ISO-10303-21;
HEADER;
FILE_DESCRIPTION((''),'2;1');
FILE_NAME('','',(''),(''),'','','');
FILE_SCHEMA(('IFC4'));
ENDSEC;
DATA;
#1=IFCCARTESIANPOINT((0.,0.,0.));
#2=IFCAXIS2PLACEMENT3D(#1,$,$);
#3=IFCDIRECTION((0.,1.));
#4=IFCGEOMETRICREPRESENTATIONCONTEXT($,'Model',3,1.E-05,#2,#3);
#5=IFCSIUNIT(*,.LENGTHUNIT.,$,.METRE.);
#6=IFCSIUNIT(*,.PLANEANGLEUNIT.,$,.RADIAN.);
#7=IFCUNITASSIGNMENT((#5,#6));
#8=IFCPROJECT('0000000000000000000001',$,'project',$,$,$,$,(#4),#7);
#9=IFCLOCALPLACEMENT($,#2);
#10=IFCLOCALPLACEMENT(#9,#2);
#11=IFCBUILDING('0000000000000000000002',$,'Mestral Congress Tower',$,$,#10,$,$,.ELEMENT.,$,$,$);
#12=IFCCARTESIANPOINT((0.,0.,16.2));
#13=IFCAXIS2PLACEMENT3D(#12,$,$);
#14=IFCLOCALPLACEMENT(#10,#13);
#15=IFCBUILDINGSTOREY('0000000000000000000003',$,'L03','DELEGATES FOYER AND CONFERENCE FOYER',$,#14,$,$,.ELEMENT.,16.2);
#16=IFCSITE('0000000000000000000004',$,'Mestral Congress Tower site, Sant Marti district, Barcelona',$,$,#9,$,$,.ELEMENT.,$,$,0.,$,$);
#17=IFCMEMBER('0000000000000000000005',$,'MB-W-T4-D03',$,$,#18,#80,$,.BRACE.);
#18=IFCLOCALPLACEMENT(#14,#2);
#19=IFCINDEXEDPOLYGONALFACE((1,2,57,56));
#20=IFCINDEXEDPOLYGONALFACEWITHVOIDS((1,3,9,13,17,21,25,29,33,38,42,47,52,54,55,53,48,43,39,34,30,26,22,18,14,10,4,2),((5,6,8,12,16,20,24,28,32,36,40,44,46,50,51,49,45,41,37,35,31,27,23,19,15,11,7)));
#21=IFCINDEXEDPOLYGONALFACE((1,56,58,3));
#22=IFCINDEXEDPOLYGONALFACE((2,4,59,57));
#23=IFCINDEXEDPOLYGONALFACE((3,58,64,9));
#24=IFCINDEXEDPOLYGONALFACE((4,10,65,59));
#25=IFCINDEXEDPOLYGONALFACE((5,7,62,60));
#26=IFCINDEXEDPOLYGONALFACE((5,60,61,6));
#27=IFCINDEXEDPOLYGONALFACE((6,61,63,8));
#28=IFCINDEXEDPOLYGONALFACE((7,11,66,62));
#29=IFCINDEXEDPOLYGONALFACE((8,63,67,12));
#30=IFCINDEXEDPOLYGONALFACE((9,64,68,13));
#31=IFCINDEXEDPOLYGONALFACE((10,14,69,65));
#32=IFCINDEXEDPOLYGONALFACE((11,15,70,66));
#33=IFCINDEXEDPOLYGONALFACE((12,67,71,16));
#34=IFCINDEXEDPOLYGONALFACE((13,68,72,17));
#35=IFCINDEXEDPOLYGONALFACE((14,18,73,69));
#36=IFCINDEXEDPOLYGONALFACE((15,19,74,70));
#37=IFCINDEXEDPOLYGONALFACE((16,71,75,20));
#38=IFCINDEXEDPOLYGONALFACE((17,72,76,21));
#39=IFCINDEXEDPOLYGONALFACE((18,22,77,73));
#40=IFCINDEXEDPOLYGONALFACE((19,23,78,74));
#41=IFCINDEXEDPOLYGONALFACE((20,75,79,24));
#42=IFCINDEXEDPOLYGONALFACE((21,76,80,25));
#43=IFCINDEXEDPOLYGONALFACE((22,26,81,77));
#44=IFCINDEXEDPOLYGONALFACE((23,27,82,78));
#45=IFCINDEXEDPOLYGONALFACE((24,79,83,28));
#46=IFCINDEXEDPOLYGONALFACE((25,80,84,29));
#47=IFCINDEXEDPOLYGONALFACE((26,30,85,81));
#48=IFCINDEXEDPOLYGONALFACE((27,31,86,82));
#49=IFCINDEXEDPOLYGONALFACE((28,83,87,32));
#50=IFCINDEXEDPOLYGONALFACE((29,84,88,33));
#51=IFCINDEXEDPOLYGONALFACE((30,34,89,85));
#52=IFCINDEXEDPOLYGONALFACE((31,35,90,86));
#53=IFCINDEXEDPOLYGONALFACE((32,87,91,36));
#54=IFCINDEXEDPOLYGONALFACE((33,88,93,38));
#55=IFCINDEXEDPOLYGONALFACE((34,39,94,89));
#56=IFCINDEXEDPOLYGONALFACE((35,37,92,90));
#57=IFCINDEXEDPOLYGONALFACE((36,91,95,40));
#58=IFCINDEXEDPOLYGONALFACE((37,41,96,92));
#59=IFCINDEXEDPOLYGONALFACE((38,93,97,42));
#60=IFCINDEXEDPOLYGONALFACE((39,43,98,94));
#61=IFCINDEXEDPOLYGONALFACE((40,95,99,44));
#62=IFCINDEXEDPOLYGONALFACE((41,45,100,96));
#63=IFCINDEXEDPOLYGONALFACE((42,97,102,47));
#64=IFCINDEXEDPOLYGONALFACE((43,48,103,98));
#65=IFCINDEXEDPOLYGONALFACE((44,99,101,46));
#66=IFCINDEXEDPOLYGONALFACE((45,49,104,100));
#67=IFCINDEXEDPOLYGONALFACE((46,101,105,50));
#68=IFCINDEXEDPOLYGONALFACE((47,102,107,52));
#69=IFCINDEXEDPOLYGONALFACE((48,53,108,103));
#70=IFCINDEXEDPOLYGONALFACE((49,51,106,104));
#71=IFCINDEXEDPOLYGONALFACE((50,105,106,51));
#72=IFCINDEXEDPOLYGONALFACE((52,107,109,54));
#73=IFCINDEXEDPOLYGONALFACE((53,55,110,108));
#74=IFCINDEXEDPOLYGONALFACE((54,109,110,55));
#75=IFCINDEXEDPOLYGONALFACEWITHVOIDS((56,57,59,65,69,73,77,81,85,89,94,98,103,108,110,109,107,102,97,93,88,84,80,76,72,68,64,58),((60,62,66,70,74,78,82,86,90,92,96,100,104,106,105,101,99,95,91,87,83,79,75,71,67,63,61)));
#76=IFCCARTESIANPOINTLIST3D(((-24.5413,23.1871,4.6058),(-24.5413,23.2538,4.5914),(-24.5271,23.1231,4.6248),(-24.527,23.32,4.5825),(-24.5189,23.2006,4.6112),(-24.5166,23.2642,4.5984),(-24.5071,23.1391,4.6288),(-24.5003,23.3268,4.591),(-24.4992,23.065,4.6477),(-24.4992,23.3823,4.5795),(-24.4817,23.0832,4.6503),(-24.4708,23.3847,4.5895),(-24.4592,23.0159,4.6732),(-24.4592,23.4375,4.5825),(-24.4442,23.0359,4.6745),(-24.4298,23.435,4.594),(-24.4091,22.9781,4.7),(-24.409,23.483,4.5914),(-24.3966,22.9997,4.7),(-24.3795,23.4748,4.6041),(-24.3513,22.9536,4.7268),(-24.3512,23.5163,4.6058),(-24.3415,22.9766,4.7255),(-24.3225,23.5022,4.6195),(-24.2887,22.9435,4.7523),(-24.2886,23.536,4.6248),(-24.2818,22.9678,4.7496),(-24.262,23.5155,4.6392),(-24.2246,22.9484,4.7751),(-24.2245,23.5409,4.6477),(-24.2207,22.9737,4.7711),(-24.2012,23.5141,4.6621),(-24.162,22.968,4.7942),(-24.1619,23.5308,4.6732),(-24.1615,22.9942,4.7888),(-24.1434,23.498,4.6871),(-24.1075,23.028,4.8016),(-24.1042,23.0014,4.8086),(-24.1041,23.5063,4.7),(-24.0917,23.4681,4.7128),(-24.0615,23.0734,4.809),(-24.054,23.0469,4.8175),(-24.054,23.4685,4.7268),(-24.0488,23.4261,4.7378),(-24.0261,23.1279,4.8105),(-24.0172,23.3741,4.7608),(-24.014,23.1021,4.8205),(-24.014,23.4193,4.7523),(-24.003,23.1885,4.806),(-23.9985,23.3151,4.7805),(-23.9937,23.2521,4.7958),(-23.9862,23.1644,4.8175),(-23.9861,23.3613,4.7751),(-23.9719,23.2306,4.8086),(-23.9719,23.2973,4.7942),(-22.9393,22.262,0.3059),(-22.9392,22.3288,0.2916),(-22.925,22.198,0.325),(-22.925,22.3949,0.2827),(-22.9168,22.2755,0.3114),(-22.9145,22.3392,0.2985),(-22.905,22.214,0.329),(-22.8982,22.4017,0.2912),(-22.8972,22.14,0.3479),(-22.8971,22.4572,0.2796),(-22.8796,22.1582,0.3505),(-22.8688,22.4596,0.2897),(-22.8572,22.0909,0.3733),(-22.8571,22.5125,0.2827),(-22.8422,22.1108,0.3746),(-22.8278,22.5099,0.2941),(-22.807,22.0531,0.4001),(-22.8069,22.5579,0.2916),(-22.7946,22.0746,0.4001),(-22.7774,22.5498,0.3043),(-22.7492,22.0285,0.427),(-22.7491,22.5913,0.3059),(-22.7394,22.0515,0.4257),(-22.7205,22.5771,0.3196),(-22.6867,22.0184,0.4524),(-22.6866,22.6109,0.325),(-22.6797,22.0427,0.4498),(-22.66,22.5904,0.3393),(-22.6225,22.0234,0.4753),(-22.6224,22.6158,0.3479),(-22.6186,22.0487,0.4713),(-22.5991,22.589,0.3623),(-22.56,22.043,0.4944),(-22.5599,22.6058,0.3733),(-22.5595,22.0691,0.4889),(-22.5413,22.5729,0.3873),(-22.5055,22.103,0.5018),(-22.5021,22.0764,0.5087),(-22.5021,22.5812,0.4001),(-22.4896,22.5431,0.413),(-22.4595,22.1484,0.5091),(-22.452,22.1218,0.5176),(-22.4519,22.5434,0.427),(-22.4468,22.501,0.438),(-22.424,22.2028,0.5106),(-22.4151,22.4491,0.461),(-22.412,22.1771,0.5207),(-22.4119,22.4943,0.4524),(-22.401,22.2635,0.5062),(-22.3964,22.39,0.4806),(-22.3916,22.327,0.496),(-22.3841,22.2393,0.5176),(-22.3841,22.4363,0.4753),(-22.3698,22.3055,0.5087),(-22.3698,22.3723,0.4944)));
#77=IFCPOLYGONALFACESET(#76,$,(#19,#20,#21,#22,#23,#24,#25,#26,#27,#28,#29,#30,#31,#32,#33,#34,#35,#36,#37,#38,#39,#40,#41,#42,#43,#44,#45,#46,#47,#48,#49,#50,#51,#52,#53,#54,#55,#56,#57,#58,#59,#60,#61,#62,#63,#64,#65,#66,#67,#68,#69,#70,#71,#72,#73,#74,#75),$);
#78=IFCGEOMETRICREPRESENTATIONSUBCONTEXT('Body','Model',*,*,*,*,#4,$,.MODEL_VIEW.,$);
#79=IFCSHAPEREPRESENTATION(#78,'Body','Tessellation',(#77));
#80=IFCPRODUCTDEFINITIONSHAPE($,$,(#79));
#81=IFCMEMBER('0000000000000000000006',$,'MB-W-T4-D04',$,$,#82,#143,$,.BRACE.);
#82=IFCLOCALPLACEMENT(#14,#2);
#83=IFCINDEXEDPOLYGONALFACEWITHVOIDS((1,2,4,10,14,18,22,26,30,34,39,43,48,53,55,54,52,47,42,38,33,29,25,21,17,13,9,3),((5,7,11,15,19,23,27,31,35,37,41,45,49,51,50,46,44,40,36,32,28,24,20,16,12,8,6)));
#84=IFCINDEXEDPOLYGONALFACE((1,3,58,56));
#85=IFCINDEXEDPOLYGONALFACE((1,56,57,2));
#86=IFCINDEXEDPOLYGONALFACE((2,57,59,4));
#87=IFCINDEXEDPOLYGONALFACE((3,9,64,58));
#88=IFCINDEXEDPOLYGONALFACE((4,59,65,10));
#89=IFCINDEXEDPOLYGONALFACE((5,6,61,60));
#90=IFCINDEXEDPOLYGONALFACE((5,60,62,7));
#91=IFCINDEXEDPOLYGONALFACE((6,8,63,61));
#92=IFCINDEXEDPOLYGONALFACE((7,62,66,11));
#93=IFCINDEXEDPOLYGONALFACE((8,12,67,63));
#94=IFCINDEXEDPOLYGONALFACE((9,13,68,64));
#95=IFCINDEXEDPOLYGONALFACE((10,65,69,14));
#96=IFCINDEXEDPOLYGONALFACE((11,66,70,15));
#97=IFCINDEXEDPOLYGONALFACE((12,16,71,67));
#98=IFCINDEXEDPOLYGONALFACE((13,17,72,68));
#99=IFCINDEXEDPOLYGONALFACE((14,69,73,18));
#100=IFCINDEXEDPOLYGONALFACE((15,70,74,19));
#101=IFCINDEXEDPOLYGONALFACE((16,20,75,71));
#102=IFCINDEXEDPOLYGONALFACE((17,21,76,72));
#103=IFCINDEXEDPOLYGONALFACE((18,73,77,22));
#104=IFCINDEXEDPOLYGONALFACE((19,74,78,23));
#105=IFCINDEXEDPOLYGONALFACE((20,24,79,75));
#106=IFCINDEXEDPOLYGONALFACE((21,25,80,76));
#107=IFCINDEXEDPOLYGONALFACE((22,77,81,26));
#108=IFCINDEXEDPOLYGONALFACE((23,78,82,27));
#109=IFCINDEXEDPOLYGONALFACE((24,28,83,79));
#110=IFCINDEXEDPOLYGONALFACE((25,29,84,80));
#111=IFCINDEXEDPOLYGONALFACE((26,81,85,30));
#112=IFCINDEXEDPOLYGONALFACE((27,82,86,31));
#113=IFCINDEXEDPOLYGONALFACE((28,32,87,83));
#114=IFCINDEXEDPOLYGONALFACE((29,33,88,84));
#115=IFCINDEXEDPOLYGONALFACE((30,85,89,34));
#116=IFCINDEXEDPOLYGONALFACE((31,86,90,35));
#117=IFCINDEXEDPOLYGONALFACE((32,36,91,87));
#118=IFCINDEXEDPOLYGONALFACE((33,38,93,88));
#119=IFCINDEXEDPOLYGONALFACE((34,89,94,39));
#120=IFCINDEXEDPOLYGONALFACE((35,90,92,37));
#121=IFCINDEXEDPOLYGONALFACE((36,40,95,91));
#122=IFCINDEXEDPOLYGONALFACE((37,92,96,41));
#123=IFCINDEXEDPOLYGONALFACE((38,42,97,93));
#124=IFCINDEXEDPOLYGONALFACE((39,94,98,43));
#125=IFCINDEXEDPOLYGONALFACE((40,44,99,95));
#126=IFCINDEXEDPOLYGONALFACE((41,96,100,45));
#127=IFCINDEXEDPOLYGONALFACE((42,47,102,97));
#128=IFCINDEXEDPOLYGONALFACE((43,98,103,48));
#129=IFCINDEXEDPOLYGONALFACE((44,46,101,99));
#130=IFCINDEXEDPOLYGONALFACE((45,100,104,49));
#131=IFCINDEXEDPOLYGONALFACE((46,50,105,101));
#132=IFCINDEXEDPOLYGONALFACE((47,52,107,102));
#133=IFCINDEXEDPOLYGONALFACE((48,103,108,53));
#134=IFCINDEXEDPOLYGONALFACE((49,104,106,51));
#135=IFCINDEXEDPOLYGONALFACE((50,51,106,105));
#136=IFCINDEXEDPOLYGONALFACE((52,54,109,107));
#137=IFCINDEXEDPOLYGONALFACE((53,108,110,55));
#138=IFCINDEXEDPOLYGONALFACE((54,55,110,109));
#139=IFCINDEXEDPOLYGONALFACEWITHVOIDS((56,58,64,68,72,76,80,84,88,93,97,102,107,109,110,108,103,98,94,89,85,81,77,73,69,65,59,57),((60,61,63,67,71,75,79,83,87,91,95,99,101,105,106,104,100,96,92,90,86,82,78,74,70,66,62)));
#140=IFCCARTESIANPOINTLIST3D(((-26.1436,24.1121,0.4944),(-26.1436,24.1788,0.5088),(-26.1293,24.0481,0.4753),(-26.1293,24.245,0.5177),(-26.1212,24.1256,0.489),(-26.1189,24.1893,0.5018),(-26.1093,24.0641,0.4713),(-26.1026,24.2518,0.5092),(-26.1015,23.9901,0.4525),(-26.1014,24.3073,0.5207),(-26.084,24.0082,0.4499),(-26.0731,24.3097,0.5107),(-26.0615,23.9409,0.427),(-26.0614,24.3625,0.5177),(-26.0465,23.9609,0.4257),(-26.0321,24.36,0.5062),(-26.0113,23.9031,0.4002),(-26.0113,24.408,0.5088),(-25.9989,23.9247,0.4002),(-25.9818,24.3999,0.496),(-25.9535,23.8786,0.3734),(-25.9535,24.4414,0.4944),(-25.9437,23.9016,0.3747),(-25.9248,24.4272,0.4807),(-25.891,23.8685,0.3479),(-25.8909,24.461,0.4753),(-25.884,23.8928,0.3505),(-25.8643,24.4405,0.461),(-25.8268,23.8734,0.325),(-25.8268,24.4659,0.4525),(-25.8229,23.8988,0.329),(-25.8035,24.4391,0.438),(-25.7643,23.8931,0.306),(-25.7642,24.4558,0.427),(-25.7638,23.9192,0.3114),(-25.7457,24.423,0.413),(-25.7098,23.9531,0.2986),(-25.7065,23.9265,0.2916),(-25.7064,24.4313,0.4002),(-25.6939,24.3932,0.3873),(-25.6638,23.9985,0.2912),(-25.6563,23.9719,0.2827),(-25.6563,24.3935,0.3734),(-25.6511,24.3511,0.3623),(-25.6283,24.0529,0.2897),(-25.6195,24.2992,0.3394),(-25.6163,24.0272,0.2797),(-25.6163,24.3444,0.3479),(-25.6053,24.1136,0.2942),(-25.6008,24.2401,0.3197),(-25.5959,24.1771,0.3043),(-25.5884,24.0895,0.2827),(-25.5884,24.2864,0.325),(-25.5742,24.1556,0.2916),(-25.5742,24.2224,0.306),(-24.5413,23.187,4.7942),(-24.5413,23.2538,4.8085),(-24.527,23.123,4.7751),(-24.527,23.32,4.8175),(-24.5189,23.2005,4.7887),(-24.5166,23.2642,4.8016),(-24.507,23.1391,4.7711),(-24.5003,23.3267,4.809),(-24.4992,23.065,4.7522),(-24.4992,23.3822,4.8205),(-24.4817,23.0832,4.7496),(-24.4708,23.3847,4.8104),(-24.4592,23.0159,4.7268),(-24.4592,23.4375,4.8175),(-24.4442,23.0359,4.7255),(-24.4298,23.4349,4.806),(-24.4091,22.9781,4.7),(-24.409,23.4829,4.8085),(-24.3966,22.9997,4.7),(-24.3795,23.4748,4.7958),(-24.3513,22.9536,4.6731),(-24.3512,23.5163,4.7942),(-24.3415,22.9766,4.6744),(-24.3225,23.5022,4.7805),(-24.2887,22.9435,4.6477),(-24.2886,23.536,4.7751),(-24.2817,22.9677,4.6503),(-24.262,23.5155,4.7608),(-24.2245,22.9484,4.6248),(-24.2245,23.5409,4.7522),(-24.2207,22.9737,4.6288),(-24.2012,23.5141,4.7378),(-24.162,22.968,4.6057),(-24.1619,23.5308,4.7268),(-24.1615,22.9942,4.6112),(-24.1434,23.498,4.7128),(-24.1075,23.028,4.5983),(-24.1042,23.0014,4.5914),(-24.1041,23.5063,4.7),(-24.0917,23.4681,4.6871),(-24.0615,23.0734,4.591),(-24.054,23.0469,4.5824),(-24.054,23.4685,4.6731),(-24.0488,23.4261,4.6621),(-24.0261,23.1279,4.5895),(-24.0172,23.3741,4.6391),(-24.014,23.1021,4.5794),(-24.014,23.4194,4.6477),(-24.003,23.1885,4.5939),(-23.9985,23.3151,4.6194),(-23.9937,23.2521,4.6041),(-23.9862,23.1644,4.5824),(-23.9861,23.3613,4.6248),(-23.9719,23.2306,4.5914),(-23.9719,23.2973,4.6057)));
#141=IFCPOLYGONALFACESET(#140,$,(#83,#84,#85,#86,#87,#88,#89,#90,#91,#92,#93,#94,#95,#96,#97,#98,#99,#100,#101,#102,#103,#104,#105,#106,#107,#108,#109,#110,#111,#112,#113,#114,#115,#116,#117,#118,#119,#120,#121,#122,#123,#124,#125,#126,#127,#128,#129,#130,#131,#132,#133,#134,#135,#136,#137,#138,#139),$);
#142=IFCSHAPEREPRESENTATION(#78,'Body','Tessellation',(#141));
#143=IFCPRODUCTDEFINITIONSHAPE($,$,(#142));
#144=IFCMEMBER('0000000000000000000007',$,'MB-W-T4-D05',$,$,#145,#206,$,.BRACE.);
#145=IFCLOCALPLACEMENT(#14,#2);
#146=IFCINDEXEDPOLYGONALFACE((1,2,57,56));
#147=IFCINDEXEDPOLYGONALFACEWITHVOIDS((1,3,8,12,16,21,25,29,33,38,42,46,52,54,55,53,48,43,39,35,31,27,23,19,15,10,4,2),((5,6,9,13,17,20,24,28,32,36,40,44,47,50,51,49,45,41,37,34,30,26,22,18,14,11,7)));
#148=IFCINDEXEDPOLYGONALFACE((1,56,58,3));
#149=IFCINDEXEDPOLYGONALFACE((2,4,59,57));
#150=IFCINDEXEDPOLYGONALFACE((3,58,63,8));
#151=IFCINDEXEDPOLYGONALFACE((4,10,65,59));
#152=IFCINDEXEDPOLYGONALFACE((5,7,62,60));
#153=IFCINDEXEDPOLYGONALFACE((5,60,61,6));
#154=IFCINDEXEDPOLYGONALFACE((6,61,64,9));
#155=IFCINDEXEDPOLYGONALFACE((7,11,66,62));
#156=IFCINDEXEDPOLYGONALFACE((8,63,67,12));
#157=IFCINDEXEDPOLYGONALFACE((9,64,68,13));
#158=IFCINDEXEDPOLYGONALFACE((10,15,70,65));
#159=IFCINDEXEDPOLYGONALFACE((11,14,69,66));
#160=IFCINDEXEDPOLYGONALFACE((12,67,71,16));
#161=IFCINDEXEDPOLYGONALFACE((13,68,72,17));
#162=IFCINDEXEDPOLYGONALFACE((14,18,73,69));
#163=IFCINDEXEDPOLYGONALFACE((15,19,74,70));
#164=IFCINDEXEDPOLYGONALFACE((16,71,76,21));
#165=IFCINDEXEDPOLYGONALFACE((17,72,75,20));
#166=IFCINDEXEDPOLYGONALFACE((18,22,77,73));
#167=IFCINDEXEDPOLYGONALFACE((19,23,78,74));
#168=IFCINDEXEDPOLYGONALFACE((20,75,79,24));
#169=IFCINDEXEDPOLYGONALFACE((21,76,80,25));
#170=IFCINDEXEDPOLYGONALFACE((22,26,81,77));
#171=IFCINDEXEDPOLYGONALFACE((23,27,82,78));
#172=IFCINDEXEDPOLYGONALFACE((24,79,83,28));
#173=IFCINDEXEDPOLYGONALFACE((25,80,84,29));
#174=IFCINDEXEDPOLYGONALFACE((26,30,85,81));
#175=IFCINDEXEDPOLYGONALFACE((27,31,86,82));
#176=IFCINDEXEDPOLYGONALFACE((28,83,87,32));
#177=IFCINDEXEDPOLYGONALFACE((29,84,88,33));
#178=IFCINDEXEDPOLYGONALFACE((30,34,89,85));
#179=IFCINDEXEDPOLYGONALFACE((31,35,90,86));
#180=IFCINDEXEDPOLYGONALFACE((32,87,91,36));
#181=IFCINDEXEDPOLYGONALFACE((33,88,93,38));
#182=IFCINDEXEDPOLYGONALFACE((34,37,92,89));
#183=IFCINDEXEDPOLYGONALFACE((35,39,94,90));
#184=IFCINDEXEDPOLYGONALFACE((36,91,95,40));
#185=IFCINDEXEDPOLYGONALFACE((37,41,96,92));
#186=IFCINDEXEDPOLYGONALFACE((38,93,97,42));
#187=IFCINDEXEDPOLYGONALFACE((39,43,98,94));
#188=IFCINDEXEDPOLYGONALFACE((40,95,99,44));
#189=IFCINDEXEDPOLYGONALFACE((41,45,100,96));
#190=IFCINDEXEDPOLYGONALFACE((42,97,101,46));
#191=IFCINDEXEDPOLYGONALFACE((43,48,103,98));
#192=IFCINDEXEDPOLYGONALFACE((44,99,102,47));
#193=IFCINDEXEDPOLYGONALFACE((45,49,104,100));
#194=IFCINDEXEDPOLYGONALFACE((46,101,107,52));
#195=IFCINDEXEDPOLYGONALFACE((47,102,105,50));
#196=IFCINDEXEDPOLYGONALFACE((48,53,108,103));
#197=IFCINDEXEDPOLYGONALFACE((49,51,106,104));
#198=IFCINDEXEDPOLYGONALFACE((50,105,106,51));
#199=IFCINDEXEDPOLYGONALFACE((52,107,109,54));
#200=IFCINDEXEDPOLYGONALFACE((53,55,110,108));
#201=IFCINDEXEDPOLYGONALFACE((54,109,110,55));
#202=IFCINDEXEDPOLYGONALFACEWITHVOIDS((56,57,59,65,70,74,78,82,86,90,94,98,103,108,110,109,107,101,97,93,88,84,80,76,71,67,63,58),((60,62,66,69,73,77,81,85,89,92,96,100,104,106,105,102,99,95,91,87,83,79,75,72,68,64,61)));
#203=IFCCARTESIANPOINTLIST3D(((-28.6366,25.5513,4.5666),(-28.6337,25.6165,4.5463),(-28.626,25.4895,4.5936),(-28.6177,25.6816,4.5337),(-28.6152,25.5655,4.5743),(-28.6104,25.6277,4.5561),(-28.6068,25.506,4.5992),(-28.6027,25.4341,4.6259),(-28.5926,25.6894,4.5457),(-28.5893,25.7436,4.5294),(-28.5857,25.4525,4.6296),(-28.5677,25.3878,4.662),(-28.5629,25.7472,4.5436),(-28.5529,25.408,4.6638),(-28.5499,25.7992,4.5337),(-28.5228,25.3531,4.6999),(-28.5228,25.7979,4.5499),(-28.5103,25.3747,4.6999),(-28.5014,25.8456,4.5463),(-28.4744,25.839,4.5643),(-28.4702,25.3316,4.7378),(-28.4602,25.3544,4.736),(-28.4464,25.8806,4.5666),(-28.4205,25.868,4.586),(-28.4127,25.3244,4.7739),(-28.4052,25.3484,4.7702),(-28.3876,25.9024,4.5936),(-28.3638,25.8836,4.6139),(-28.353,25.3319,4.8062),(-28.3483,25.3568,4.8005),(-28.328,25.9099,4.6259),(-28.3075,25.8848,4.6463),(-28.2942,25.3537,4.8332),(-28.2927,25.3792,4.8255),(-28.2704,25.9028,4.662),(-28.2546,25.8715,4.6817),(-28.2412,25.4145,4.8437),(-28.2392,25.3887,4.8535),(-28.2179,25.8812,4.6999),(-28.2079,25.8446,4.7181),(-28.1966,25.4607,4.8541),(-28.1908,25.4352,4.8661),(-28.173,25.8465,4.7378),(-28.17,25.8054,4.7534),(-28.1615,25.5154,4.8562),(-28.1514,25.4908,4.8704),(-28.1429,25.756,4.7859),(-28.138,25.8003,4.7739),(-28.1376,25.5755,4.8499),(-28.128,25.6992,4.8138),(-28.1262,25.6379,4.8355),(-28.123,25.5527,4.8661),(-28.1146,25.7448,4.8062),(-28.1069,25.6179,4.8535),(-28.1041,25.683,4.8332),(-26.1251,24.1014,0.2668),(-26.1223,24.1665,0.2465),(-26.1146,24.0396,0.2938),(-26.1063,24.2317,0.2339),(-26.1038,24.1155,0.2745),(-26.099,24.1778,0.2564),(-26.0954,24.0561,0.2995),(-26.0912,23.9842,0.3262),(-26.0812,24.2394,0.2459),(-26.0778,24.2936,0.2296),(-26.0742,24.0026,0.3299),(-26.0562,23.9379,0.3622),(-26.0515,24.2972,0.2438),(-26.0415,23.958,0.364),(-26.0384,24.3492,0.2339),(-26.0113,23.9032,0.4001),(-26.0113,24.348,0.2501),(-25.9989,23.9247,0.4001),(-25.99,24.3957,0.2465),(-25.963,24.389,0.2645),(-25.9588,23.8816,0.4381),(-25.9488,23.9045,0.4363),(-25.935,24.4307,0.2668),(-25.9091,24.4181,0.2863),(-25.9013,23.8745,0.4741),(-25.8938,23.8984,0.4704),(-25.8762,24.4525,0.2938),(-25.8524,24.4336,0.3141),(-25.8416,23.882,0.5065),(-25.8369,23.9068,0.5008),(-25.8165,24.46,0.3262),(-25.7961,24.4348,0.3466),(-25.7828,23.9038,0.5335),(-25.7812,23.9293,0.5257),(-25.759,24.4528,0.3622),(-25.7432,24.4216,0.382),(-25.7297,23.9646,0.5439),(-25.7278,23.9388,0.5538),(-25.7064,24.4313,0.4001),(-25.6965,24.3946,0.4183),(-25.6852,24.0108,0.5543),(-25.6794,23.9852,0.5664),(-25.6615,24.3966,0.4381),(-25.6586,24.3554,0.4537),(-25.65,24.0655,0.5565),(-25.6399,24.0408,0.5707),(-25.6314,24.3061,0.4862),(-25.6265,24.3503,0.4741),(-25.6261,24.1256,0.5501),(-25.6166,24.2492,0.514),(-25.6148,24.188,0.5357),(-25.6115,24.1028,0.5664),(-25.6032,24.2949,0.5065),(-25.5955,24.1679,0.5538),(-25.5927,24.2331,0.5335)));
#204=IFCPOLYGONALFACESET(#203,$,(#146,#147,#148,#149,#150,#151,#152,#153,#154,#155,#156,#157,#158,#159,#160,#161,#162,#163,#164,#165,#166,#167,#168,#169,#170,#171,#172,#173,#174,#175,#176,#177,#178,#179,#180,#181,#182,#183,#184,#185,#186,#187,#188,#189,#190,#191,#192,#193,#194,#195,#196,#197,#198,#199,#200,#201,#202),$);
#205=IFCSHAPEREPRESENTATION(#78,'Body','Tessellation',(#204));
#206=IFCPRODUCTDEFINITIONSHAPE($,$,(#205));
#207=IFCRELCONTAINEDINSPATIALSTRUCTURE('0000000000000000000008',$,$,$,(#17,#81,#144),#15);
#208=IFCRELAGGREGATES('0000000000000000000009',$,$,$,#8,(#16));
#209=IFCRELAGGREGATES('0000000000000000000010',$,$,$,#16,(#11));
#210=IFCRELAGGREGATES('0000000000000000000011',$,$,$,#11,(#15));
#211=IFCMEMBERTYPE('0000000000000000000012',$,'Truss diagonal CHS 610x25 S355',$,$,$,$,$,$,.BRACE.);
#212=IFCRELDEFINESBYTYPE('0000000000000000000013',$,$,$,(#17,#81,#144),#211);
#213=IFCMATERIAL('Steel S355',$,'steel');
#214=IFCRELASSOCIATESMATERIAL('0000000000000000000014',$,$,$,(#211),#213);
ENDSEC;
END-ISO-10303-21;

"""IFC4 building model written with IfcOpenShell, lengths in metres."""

from ifc_helpers import new_model, si_unit, direction, frame, origin, origin_2d, place, context, subcontext, project, spatial, hollow_circle, extrude, material, material_profile, profile_set, type_object, element, save


model = new_model("IFC4")

# Units and contexts
model_context = context("Model", 3, precision=1e-05, world=origin(), true_north=direction((0.0, 1.0)))
body_context = subcontext(model_context, "Body", "Model", "MODEL_VIEW")
ifc_project = project(units=[si_unit("LENGTHUNIT", "METRE"), si_unit("PLANEANGLEUNIT", "RADIAN")], contexts=[model_context])

# Site, building, storey
site_placement = place(None, origin())
site = spatial("IfcSite", under=ifc_project, at=site_placement, Name="Mestral Congress Tower site, Sant Marti district, Barcelona", CompositionType="ELEMENT", RefElevation=0.0)
building_placement = place(site_placement, origin())
building = spatial("IfcBuilding", under=site, at=building_placement, Name="Mestral Congress Tower", CompositionType="ELEMENT")
storey_placement = place(building_placement, frame((0.0, 0.0, 16.2)))
storey = spatial("IfcBuildingStorey", under=building, at=storey_placement, Name="L03", Description="DELEGATES FOYER AND CONFERENCE FOYER", CompositionType="ELEMENT", Elevation=16.2)

# Members
ifc_material = material(Name="Steel S355", Category="steel")
ifc_material_profile_1 = material_profile(ifc_material, hollow_circle(Radius=0.3049, WallThickness=0.0249, at=origin_2d()), Name="CHS 610x25")
ifc_profile_set_1 = profile_set([ifc_material_profile_1], Name="Steel S355")
member_type_1 = type_object("IfcMemberType", Name="Truss diagonal CHS 610x25 S355", PredefinedType="BRACE", material=ifc_profile_set_1)
for number, where, z_axis, x_axis, name in (
    (1, (-22.6545, 22.3171, 0.4001), (-0.342254, 0.197623, 0.91859), (-0.500042, -0.866001, 0.0), "MB-W-T4-D03"),
    (2, (-24.2566, 23.2422, 4.7), (-0.342301, 0.197619, -0.918573), (-0.499985, -0.866034, 0.0), "MB-W-T4-D04"),
):
    element("IfcMember", number, at=place(storey_placement, frame(where, z_axis=z_axis, x_axis=x_axis)), inside=storey, type_object=member_type_1, Name=name, PredefinedType="BRACE", context=body_context, shape_type="SweptSolid", body=[
        extrude(hollow_circle(Radius=0.3049, WallThickness=0.0249, at=origin_2d()), origin(), (0.0, 0.0, 1.0), 4.6809),
    ])
for number, where, z_axis, x_axis, name in (
    (3, (-25.8589, 24.1672, 0.4001), (-0.484247, 0.279571, 0.829062), (-0.499987, -0.866033, 0.0), "MB-W-T4-D05"),
):
    element("IfcMember", number, at=place(storey_placement, frame(where, z_axis=z_axis, x_axis=x_axis)), inside=storey, type_object=member_type_1, Name=name, PredefinedType="BRACE", context=body_context, shape_type="SweptSolid", body=[
        extrude(hollow_circle(Radius=0.3049, WallThickness=0.0249, at=origin_2d()), origin(), (0.0, 0.0, 1.0), 5.1863),
    ])

save(model, "model.ifc")
